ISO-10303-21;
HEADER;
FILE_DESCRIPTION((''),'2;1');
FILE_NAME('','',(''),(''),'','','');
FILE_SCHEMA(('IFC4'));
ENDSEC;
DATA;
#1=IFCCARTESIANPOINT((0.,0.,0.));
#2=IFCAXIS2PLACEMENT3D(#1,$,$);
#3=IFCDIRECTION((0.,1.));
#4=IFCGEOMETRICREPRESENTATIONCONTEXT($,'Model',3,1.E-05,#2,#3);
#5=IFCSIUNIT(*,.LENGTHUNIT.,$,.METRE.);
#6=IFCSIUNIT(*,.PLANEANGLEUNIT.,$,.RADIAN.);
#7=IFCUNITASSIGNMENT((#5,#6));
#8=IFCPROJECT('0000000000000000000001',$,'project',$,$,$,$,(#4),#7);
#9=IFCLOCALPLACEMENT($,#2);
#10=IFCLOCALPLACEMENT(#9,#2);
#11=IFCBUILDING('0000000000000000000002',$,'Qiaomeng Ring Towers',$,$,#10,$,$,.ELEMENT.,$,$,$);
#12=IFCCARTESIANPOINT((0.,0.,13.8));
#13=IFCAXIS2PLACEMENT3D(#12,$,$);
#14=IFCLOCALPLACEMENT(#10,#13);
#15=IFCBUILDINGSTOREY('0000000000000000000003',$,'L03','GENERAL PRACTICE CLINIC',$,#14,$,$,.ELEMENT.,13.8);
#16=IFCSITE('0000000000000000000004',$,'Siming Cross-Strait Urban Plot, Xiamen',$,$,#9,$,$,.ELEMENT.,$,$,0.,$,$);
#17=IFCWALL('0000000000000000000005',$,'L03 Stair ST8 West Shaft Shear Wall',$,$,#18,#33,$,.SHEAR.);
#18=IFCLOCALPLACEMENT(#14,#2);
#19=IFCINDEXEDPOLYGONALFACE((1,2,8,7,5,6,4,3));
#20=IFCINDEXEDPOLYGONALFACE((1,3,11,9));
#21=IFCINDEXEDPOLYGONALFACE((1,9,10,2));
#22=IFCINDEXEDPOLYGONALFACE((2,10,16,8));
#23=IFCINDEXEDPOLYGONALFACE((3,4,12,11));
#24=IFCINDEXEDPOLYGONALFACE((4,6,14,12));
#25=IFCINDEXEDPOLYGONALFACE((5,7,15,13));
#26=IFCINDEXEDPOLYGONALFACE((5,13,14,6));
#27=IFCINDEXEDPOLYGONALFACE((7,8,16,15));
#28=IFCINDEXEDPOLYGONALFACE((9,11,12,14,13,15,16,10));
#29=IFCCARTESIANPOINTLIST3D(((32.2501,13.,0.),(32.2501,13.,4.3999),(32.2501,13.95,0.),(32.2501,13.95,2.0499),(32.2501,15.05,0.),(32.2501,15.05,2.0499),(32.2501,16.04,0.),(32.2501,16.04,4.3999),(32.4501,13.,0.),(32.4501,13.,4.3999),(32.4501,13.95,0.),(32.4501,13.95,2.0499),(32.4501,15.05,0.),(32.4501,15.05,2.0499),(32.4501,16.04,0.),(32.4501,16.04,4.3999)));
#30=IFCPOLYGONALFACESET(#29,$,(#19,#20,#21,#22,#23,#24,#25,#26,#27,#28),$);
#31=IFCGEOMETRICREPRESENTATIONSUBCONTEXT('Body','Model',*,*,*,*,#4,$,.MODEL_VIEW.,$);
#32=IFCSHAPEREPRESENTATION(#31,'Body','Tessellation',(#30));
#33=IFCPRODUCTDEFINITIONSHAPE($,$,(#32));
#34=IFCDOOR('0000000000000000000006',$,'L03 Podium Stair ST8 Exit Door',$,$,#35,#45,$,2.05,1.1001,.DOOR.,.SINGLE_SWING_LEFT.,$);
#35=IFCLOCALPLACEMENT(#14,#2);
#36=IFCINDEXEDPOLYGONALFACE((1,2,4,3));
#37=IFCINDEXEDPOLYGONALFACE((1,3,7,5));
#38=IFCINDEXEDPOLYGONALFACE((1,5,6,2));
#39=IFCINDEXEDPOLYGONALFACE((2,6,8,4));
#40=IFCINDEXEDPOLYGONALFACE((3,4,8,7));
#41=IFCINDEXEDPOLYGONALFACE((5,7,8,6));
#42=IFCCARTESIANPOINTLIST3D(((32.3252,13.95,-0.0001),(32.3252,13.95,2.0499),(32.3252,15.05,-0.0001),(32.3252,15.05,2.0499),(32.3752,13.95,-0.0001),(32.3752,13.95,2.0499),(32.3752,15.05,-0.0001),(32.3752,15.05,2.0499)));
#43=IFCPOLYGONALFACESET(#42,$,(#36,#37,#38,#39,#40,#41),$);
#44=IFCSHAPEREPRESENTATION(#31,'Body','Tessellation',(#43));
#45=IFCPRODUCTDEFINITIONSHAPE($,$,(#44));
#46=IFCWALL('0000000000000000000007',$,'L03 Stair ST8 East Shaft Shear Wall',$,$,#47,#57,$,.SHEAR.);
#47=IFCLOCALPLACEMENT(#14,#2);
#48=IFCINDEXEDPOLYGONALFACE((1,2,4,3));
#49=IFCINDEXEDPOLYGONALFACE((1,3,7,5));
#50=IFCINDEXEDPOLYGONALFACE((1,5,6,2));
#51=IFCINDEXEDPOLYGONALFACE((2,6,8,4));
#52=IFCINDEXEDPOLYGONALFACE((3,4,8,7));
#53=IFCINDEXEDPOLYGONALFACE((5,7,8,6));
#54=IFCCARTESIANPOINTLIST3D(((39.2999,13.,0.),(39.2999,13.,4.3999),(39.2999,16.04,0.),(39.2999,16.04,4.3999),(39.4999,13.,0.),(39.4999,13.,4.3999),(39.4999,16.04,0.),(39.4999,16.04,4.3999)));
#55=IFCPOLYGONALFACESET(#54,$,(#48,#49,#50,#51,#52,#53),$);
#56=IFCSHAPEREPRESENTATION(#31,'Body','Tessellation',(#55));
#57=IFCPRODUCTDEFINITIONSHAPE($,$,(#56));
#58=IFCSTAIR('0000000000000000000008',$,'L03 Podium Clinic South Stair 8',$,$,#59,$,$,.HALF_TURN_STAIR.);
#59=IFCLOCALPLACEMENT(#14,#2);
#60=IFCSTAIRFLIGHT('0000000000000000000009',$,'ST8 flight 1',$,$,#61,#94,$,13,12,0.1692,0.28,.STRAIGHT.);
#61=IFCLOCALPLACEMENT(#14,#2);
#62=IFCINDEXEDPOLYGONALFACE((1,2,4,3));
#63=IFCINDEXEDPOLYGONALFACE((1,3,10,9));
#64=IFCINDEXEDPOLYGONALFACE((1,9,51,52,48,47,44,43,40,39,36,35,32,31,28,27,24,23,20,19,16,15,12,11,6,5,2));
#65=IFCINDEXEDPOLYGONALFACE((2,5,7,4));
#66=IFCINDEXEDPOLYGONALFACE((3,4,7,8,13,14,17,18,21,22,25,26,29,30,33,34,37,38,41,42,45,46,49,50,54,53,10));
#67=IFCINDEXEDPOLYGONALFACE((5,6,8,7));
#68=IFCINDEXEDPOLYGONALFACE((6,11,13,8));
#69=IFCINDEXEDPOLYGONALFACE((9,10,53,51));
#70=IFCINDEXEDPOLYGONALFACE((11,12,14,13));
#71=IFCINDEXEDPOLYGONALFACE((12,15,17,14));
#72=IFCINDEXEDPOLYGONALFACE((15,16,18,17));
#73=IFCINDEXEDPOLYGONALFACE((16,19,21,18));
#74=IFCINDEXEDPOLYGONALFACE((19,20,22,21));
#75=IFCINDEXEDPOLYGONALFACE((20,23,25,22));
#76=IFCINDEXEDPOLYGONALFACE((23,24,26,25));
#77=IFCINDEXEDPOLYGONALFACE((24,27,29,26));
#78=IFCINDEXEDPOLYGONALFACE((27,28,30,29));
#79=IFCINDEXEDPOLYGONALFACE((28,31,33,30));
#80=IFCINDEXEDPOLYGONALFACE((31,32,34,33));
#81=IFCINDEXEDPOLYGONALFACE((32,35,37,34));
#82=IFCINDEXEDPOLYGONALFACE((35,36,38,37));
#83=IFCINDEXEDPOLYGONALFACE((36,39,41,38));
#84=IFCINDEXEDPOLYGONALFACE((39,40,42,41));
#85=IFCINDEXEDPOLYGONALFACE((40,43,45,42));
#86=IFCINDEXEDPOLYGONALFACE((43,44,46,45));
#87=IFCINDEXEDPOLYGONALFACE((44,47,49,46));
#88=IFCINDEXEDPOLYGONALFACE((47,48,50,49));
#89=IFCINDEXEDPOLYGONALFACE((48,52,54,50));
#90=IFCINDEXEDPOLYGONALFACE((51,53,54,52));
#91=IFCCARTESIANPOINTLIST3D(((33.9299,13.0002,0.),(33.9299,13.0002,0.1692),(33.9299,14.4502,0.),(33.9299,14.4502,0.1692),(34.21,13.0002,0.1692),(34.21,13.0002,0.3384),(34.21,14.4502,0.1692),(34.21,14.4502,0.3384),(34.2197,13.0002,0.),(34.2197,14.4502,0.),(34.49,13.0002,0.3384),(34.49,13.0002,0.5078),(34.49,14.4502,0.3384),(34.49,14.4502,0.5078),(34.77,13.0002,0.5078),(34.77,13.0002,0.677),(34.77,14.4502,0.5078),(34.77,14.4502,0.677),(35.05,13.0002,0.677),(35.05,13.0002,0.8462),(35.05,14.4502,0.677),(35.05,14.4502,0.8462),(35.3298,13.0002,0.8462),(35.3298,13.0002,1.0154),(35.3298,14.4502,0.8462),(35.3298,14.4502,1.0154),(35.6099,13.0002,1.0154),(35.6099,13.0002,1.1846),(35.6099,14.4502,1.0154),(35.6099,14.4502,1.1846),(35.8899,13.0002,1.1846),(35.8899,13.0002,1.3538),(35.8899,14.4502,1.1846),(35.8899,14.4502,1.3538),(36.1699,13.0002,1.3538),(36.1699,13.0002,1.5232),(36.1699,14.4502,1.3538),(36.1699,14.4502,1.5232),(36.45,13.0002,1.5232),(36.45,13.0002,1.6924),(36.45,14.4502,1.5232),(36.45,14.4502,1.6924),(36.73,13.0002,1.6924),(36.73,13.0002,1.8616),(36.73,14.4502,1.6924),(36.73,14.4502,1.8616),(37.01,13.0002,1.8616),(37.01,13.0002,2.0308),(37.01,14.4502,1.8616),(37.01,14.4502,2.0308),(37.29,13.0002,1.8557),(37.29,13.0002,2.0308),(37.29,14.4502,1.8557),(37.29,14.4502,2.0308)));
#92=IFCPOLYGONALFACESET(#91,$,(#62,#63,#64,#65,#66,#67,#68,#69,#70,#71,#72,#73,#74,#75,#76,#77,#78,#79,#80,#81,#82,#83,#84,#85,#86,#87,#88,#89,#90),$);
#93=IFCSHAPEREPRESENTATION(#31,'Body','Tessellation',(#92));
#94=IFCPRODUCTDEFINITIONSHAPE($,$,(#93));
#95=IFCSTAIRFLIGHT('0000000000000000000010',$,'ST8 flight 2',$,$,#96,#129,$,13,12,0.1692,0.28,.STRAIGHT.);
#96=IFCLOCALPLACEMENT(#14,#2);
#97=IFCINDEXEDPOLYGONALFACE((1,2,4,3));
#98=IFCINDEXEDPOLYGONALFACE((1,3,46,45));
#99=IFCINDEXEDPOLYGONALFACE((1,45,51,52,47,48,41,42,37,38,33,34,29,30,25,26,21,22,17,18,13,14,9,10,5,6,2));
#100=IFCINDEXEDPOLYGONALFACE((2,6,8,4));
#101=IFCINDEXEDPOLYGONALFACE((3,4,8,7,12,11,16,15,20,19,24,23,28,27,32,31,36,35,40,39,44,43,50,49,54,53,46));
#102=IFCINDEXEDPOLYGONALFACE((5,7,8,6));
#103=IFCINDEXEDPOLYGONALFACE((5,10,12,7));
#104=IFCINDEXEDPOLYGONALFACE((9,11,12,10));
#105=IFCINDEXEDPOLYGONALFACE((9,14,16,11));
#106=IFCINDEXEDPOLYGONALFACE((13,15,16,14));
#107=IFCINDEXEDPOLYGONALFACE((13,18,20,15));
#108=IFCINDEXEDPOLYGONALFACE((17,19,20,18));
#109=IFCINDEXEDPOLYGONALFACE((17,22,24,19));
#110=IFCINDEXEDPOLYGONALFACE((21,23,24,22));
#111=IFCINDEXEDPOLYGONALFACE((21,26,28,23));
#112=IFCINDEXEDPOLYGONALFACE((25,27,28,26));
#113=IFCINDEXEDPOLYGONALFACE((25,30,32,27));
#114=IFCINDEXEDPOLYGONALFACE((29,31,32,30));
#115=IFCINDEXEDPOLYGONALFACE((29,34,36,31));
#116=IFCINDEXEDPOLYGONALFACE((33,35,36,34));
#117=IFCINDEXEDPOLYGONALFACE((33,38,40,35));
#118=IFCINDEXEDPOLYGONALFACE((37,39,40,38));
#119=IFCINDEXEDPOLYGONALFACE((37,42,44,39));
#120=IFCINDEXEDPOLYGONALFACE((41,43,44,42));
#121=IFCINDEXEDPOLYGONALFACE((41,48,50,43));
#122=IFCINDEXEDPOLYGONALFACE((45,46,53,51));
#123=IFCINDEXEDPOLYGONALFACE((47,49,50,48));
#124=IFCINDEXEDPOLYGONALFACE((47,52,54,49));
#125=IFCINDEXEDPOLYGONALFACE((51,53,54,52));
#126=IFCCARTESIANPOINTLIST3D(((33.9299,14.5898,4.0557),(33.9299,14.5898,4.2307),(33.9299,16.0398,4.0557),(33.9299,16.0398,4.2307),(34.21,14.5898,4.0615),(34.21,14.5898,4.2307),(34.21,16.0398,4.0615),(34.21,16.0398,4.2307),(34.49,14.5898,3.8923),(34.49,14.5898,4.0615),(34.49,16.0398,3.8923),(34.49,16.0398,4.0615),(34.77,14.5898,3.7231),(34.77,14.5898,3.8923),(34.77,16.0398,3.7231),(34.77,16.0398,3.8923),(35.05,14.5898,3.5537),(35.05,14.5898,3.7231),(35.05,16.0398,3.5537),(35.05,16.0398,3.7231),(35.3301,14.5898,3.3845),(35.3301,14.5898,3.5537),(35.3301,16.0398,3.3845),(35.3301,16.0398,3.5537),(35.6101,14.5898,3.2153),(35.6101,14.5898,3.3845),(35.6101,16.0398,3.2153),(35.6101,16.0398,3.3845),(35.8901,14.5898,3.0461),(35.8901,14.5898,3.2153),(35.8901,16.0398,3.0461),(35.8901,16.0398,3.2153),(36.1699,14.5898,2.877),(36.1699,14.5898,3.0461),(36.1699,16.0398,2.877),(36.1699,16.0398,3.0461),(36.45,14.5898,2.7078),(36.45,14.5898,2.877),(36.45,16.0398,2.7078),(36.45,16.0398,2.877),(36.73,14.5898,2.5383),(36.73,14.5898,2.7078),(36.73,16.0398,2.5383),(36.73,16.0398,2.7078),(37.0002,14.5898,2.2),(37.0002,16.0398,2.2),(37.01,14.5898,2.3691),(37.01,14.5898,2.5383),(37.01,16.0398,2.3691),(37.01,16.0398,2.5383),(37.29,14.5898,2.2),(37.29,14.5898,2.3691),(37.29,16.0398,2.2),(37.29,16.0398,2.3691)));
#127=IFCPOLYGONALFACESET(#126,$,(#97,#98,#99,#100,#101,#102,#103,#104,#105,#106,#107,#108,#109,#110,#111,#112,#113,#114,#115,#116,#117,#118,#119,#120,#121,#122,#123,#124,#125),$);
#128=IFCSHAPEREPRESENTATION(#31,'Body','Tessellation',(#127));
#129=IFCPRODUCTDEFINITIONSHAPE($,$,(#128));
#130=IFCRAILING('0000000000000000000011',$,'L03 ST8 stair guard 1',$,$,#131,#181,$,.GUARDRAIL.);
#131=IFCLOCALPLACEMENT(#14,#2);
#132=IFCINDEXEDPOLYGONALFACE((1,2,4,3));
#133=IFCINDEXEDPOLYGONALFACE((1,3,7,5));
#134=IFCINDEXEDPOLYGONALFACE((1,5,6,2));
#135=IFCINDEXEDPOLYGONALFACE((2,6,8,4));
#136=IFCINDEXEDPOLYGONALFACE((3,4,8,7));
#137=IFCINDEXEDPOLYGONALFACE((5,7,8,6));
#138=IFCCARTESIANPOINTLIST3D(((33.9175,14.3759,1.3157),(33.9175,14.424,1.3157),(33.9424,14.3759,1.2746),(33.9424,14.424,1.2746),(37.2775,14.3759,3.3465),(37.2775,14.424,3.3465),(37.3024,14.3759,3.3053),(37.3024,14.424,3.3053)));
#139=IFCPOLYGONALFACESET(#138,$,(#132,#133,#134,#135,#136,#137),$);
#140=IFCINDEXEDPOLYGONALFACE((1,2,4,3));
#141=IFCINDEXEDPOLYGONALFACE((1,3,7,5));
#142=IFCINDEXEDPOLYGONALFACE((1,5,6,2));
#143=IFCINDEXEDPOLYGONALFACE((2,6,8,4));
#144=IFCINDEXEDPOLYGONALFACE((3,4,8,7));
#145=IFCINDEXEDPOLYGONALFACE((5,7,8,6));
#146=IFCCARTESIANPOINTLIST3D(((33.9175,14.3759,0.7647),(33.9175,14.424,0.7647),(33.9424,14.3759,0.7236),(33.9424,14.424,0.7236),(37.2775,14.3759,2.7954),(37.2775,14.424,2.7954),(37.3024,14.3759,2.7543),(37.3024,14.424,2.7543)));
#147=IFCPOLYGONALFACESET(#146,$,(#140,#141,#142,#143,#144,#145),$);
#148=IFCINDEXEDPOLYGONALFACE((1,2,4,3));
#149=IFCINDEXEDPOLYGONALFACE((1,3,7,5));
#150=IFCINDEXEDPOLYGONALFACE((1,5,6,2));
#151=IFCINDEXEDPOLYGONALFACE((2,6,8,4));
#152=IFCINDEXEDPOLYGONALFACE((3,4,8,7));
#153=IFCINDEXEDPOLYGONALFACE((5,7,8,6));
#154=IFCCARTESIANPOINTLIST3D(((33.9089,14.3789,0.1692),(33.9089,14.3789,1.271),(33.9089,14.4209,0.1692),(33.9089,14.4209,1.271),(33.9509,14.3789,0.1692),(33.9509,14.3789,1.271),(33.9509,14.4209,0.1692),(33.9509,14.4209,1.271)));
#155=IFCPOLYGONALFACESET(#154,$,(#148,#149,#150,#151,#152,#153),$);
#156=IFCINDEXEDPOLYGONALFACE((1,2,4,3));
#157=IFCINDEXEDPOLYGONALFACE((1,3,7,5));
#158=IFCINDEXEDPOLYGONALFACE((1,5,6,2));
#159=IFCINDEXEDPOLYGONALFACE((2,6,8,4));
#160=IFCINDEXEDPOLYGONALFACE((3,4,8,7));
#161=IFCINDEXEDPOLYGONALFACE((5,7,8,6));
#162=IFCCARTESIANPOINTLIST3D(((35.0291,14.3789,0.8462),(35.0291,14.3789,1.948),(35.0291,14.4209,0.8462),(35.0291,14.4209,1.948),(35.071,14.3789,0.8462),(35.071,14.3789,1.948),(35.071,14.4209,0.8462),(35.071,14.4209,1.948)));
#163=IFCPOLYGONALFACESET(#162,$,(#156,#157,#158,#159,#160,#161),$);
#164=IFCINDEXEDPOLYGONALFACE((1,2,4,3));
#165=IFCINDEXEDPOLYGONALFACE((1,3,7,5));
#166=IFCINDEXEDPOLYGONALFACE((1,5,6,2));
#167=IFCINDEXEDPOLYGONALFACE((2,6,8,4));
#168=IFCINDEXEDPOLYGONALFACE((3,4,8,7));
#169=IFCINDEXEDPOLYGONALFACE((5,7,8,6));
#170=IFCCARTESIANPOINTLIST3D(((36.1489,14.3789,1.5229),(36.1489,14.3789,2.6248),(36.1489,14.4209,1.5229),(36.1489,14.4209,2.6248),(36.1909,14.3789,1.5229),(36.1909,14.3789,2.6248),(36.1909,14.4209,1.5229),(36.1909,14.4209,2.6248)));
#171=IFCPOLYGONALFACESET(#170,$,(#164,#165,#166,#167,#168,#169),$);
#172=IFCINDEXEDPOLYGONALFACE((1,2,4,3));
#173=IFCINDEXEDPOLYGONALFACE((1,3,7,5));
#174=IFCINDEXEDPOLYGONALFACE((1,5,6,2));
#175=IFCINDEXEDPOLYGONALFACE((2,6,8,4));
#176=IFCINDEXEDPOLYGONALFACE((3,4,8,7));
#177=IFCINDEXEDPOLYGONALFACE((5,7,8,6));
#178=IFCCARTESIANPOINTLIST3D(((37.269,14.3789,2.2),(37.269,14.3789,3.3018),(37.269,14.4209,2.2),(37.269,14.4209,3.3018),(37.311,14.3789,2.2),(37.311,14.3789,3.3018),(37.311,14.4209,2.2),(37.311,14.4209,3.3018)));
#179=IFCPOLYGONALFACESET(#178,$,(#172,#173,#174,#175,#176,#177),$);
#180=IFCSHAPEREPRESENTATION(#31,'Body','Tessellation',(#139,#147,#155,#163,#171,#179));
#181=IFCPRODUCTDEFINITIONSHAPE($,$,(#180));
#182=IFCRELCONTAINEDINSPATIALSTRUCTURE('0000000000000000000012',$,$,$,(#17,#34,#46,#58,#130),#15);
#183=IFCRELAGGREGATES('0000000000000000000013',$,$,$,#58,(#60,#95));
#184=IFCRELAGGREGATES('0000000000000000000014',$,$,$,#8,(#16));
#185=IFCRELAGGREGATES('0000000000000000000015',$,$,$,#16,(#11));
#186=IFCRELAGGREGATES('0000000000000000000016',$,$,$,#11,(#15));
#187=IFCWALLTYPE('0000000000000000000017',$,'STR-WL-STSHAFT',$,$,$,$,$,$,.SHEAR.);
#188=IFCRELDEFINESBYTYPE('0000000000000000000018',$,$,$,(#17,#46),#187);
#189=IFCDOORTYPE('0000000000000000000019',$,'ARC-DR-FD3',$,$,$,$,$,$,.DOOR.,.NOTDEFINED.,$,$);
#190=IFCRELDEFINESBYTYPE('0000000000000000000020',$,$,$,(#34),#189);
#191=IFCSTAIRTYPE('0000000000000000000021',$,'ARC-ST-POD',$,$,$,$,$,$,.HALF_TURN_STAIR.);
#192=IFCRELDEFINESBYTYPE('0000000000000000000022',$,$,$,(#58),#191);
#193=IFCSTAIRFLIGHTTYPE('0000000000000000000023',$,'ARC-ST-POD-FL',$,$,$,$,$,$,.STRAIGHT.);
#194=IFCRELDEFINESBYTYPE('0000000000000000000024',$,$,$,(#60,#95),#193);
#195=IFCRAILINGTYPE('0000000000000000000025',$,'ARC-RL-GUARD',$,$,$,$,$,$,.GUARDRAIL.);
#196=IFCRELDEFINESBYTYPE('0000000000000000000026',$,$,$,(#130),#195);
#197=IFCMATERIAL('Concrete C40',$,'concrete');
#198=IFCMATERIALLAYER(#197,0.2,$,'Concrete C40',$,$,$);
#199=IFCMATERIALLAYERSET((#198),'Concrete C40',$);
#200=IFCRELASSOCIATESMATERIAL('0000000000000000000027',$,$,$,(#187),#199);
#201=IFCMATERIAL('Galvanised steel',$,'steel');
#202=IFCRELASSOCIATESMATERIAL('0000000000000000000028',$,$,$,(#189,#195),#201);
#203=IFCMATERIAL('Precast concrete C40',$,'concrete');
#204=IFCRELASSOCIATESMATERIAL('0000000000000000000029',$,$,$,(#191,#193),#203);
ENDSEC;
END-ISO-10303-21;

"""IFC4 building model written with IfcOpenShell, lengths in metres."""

from ifc_helpers import new_model, si_unit, direction, frame, frame_2d, origin, origin_2d, place, context, subcontext, project, spatial, polyline, rectangle, outline, extrude, source, transform, mapped, material, layer, layer_set, type_object, element, fill, aggregate, save


model = new_model("IFC4")

# Units and contexts
model_context = context("Model", 3, precision=1e-05, world=origin(), true_north=direction((0.0, 1.0)))
body_context = subcontext(model_context, "Body", "Model", "MODEL_VIEW")
ifc_project = project(units=[si_unit("LENGTHUNIT", "METRE"), si_unit("PLANEANGLEUNIT", "RADIAN")], contexts=[model_context])

# Site, building, storey
site_placement = place(None, origin())
site = spatial("IfcSite", under=ifc_project, at=site_placement, Name="Siming Cross-Strait Urban Plot, Xiamen", CompositionType="ELEMENT", RefElevation=0.0)
building_placement = place(site_placement, origin())
building = spatial("IfcBuilding", under=site, at=building_placement, Name="Qiaomeng Ring Towers", CompositionType="ELEMENT")
storey_placement = place(building_placement, frame((0.0, 0.0, 13.8)))
storey = spatial("IfcBuildingStorey", under=building, at=storey_placement, Name="L03", Description="GENERAL PRACTICE CLINIC", CompositionType="ELEMENT", Elevation=13.8)

# Wall, opening, door
ifc_material_1 = material(Name="Concrete C40", Category="concrete")
ifc_layer_1 = layer(ifc_material_1, 0.2, Name="Concrete C40")
ifc_layer_set_1 = layer_set([ifc_layer_1], Name="Concrete C40")
wall_type_1 = type_object("IfcWallType", Name="STR-WL-STSHAFT", PredefinedType="SHEAR", material=ifc_layer_set_1)
wall_1_placement = place(storey_placement, frame((32.3501, 13.0, 0.0), z_axis=(0.0, 0.0, 1.0), x_axis=(0.0, 1.0, 0.0)))
wall_1 = element("IfcWall", 1, at=wall_1_placement, inside=storey, type_object=wall_type_1, Name="L03 Stair ST8 West Shaft Shear Wall", PredefinedType="SHEAR", context=body_context, shape_type="SweptSolid", body=[
    extrude(rectangle(XDim=3.04, YDim=0.2, at=frame_2d((1.52, 0.0))), origin(), (0.0, 0.0, 1.0), 4.3999),
])
opening_1_placement = place(wall_1_placement, frame((0.95, 0.0, 0.0)))
opening_1 = element("IfcOpeningElement", 2, at=opening_1_placement, cuts=wall_1, PredefinedType="OPENING", context=body_context, shape_type="SweptSolid", body=[
    extrude(rectangle(XDim=1.1001, YDim=2.05, at=frame_2d((0.55, 1.0249))), frame((0.0, 0.1099, 0.0), z_axis=(0.0, -1.0, 0.0), x_axis=(1.0, 0.0, 0.0)), (0.0, 0.0, 1.0), 0.22),
])
ifc_material_2 = material(Name="Galvanised steel", Category="steel")
door_type_1 = type_object("IfcDoorType", Name="ARC-DR-FD3", OperationType="NOTDEFINED", PredefinedType="DOOR", material=ifc_material_2)
shared_shape_1 = source(origin(), body_context, "Body", "SweptSolid", [
    extrude(rectangle(XDim=1.1001, YDim=2.05, at=frame_2d((0.55, 1.0249))), frame((0.0, 0.0249, 0.0), z_axis=(0.0, -1.0, 0.0), x_axis=(1.0, 0.0, 0.0)), (0.0, 0.0, 1.0), 0.05),
])
door_1_placement = place(opening_1_placement, origin())
door_1 = element("IfcDoor", 3, at=door_1_placement, inside=storey, type_object=door_type_1, Name="L03 Podium Stair ST8 Exit Door", OperationType="SINGLE_SWING_LEFT", OverallHeight=2.05, OverallWidth=1.1001, PredefinedType="DOOR", context=body_context, shape_type="MappedRepresentation", body=[
    mapped(shared_shape_1, transform((0.0, 0.0, 0.0), x_axis=(1.0, 0.0, 0.0), y_axis=(0.0, 1.0, 0.0), z_axis=(0.0, 0.0, 1.0), scale=1.0)),
])
fill(opening_1, door_1)

# Wall
wall_2_placement = place(storey_placement, frame((39.3999, 13.0, 0.0), z_axis=(0.0, 0.0, 1.0), x_axis=(0.0, 1.0, 0.0)))
element("IfcWall", 4, at=wall_2_placement, inside=storey, type_object=wall_type_1, Name="L03 Stair ST8 East Shaft Shear Wall", PredefinedType="SHEAR", context=body_context, shape_type="SweptSolid", body=[
    extrude(rectangle(XDim=3.04, YDim=0.2, at=frame_2d((1.52, 0.0))), origin(), (0.0, 0.0, 1.0), 4.3999),
])

# Stair, stair flights
ifc_material_3 = material(Name="Precast concrete C40", Category="concrete")
stair_type = type_object("IfcStairType", Name="ARC-ST-POD", PredefinedType="HALF_TURN_STAIR", material=ifc_material_3)
stair_placement = place(storey_placement, origin())
stair = element("IfcStair", 5, at=stair_placement, inside=storey, type_object=stair_type, Name="L03 Podium Clinic South Stair 8", PredefinedType="HALF_TURN_STAIR")
stair_flight_type = type_object("IfcStairFlightType", Name="ARC-ST-POD-FL", PredefinedType="STRAIGHT", material=ifc_material_3)
shared_shape_2 = source(origin(), body_context, "Body", "SweptSolid", [
    extrude(outline(polyline([(0.0, 0.0), (0.0, 0.1692), (0.28, 0.1692), (0.28, 0.3384), (0.5601, 0.3384), (0.5601, 0.5078), (0.8401, 0.5078), (0.8401, 0.677), (1.1201, 0.677), (1.1201, 0.8462), (1.3999, 0.8462), (1.3999, 1.0154), (1.6799, 1.0154), (1.6799, 1.1846), (1.96, 1.1846), (1.96, 1.3538), (2.24, 1.3538), (2.24, 1.5232), (2.52, 1.5232), (2.52, 1.6924), (2.8, 1.6924), (2.8, 1.8616), (3.0801, 1.8616), (3.0801, 2.0308), (3.3601, 2.0308), (3.3601, 2.2), (3.3601, 1.8557), (0.2898, 0.0), (0.0, 0.0)])), frame((0.0, 0.7251, 0.0), z_axis=(0.0, -1.0, 0.0), x_axis=(1.0, 0.0, 0.0)), (0.0, 0.0, 1.0), 1.45),
])
stair_flight_1_placement = place(storey_placement, frame((33.9299, 13.7251, 0.0), z_axis=(0.0, 0.0, 1.0), x_axis=(1.0, 0.0, 0.0)))
stair_flight_1 = element("IfcStairFlight", 6, at=stair_flight_1_placement, type_object=stair_flight_type, Name="ST8 flight 1", NumberOfRisers=13, NumberOfTreads=12, PredefinedType="STRAIGHT", RiserHeight=0.1692, TreadLength=0.28, context=body_context, shape_type="MappedRepresentation", body=[
    mapped(shared_shape_2, transform((0.0, 0.0, 0.0), x_axis=(1.0, 0.0, 0.0), y_axis=(0.0, 1.0, 0.0), z_axis=(0.0, 0.0, 1.0), scale=1.0)),
])
stair_flight_2_placement = place(storey_placement, frame((37.29, 15.3149, 2.2), z_axis=(0.0, 0.0, 1.0), x_axis=(-1.0, 0.0, 0.0)))
stair_flight_2 = element("IfcStairFlight", 7, at=stair_flight_2_placement, type_object=stair_flight_type, Name="ST8 flight 2", NumberOfRisers=13, NumberOfTreads=12, PredefinedType="STRAIGHT", RiserHeight=0.1692, TreadLength=0.28, context=body_context, shape_type="MappedRepresentation", body=[
    mapped(shared_shape_2, transform((0.0, 0.0, 0.0), x_axis=(1.0, 0.0, 0.0), y_axis=(0.0, 1.0, 0.0), z_axis=(0.0, 0.0, 1.0), scale=1.0)),
])
aggregate(stair, [stair_flight_1, stair_flight_2])

# Railing
railing_type_1 = type_object("IfcRailingType", Name="ARC-RL-GUARD", PredefinedType="GUARDRAIL", material=ifc_material_2)
railing_1_placement = place(storey_placement, frame((33.9299, 14.3999, 0.1692)))
element("IfcRailing", 8, at=railing_1_placement, inside=storey, type_object=railing_type_1, Name="L03 ST8 stair guard 1", PredefinedType="GUARDRAIL", context=body_context, shape_type="SweptSolid", body=[
    extrude(rectangle(XDim=0.0481, YDim=0.0481, at=origin_2d()), frame((0.0, 0.0, 1.126), z_axis=(0.855837, 0.0, 0.517246), x_axis=(0.0, 1.0, 0.0)), (0.0, 0.0, 1.0), 3.926),
    extrude(rectangle(XDim=0.0481, YDim=0.0481, at=origin_2d()), frame((0.0, 0.0, 0.575), z_axis=(0.855837, 0.0, 0.517246), x_axis=(0.0, 1.0, 0.0)), (0.0, 0.0, 1.0), 3.926),
    extrude(rectangle(XDim=0.042, YDim=0.042, at=origin_2d()), origin(), (0.0, 0.0, 1.0), 1.1018),
    extrude(rectangle(XDim=0.042, YDim=0.042, at=origin_2d()), frame((1.1201, 0.0, 0.677)), (0.0, 0.0, 1.0), 1.1018),
    extrude(rectangle(XDim=0.042, YDim=0.042, at=origin_2d()), frame((2.24, 0.0, 1.3538)), (0.0, 0.0, 1.0), 1.1018),
    extrude(rectangle(XDim=0.042, YDim=0.042, at=origin_2d()), frame((3.3601, 0.0, 2.0308)), (0.0, 0.0, 1.0), 1.1018),
])

save(model, "model.ifc")
